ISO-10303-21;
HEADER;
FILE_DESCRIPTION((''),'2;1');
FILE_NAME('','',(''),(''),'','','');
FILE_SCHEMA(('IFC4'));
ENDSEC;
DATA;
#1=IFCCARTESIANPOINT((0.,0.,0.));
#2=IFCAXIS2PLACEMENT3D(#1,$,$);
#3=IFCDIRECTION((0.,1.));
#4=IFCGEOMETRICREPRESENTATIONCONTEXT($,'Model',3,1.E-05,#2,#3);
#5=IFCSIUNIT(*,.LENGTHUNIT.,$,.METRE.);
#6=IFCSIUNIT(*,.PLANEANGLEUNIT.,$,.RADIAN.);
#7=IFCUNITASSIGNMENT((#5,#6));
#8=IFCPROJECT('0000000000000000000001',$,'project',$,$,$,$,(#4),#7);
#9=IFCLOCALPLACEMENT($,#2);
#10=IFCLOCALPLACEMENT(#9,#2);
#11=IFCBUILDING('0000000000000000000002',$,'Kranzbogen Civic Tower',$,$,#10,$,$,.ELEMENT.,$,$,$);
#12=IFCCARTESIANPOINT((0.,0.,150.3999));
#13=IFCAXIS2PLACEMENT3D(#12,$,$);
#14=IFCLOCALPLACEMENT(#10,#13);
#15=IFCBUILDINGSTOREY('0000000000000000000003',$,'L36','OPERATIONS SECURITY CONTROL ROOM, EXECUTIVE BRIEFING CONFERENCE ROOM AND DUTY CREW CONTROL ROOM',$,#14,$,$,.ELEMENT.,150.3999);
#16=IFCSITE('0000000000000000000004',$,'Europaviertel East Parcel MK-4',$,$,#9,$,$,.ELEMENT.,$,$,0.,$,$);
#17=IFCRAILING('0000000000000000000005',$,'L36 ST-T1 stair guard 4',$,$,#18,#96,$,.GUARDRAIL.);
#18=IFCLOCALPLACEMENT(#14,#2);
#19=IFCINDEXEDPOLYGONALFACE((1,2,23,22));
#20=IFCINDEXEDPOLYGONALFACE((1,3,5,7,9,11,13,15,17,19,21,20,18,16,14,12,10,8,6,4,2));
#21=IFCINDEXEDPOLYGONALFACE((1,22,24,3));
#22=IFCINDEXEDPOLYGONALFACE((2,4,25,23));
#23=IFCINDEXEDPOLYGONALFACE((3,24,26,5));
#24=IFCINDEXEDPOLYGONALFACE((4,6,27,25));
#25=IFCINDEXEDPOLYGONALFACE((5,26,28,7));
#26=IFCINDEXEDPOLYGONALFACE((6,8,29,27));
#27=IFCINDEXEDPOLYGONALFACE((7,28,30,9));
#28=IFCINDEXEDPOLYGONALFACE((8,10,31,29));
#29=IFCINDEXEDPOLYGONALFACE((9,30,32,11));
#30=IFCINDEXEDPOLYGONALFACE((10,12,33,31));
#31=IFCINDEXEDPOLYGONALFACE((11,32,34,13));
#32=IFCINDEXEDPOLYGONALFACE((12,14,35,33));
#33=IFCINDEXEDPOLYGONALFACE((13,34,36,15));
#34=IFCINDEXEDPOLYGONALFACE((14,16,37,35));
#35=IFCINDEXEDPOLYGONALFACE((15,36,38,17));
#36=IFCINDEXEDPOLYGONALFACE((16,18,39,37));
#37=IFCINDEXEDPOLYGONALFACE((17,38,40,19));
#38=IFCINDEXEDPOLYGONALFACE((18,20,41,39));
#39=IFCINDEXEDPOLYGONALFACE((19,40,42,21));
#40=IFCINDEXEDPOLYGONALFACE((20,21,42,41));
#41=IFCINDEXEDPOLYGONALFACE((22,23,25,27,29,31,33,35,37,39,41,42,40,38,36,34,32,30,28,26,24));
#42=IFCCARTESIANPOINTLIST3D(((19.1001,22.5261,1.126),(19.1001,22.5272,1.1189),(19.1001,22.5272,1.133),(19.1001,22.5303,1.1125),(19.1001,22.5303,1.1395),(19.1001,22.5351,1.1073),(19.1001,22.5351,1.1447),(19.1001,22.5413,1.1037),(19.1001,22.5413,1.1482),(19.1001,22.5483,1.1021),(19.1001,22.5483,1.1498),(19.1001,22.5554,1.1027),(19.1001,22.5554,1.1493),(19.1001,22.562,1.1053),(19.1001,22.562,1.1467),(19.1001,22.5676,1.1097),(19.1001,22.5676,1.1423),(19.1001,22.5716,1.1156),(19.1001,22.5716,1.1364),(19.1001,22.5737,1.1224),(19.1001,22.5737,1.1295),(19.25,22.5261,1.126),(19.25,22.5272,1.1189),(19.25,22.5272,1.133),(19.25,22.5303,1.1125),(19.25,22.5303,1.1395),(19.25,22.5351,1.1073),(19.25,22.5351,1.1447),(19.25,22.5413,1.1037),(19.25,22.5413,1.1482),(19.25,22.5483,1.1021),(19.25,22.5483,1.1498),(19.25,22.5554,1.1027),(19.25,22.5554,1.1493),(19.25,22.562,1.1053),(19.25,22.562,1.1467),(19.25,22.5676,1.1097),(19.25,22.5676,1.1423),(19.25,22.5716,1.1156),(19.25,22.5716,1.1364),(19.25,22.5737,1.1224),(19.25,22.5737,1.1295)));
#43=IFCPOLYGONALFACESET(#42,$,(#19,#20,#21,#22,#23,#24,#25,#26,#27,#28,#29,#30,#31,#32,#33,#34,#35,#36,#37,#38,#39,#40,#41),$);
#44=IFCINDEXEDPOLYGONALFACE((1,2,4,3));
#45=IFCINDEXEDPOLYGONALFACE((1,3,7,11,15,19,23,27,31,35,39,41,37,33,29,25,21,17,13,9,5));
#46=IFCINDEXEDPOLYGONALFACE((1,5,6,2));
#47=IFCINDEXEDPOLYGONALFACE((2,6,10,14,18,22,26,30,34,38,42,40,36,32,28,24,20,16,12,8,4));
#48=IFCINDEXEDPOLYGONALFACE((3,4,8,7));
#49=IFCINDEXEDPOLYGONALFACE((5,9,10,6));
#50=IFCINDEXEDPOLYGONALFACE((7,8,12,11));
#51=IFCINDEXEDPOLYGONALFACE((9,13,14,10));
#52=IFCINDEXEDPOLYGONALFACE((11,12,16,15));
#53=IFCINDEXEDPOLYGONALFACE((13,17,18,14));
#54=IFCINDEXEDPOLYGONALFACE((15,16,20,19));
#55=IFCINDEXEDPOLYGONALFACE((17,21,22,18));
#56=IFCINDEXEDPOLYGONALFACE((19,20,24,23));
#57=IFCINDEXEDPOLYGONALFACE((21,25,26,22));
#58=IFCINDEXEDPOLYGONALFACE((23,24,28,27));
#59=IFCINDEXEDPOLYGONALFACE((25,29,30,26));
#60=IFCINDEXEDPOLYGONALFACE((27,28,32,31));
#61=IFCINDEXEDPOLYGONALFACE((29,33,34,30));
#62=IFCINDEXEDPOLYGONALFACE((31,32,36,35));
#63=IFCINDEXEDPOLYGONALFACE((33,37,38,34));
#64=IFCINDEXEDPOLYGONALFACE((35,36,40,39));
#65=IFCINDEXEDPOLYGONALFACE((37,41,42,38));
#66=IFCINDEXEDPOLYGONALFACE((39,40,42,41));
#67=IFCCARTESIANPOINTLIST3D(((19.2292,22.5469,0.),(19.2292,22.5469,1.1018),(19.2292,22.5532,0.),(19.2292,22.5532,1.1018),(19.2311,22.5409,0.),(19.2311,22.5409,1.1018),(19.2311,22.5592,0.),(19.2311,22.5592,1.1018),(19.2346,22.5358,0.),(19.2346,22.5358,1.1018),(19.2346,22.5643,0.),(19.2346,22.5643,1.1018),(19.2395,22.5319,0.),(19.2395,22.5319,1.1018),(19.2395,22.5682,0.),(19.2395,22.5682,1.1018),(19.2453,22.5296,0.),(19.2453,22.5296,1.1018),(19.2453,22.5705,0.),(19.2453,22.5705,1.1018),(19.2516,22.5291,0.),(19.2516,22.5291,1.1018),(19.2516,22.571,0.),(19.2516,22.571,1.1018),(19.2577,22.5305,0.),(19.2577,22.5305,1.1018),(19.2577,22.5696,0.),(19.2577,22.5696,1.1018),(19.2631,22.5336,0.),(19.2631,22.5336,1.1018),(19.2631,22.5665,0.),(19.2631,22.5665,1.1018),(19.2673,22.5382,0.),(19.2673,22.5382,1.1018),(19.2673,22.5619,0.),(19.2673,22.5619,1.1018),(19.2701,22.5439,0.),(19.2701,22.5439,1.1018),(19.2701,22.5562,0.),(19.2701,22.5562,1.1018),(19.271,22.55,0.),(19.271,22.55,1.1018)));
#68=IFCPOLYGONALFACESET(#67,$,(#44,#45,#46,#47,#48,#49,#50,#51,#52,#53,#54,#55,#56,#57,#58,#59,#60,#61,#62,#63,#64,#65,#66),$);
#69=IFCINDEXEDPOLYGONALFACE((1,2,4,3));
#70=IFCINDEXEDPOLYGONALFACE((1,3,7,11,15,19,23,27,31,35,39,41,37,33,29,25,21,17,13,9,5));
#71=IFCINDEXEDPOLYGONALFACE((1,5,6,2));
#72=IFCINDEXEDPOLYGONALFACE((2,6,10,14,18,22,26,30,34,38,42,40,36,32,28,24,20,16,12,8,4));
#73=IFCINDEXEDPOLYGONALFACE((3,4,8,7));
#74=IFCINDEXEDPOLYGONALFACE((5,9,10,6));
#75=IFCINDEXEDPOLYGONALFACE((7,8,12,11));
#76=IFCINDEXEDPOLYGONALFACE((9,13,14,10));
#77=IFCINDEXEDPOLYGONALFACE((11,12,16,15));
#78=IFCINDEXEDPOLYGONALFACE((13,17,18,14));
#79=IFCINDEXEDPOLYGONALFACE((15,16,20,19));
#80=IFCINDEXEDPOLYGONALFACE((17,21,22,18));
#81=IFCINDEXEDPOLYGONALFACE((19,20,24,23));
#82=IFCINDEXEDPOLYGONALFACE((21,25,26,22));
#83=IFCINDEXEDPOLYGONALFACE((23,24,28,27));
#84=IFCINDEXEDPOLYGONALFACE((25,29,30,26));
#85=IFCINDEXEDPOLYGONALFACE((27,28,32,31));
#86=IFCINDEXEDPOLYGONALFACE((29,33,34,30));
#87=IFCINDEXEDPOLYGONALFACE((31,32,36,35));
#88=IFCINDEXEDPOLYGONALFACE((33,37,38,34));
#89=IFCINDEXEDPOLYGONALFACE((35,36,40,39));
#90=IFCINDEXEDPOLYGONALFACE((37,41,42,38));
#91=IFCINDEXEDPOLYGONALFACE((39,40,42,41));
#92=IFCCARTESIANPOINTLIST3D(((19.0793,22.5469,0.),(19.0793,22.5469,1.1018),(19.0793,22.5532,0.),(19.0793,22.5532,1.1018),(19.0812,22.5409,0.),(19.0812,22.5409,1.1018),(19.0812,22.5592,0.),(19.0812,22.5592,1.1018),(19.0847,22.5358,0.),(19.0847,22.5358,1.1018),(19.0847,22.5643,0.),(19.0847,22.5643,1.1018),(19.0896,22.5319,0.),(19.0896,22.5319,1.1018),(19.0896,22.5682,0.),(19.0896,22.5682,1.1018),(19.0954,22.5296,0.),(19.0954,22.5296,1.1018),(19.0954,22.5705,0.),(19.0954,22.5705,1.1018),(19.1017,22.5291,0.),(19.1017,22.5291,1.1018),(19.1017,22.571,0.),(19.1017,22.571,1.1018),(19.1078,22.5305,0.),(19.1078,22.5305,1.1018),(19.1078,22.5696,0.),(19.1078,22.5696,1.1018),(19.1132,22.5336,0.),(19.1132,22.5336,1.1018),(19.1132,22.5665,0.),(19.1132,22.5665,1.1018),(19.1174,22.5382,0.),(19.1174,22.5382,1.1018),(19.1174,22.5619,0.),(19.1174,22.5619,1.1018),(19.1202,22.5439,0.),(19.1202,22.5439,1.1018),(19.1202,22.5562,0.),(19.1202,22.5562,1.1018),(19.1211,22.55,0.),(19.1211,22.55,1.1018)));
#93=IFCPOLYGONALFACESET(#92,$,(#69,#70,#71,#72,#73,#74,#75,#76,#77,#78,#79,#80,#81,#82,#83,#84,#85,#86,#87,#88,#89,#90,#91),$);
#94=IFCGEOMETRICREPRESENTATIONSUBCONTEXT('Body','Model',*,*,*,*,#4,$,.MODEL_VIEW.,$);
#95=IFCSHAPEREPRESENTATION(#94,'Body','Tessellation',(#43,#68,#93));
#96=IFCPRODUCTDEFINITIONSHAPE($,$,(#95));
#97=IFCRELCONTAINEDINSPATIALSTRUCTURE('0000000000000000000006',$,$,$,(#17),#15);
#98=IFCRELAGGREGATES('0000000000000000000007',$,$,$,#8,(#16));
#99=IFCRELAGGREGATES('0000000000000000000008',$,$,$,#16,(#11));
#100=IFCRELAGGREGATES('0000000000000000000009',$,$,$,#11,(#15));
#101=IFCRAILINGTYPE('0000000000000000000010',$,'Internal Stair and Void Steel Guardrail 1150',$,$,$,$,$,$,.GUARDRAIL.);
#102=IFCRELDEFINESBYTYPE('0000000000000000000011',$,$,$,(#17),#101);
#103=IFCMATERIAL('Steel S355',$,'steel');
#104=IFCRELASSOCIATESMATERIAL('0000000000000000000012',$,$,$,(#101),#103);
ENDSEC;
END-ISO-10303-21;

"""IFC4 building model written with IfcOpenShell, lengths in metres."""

from ifc_helpers import new_model, si_unit, direction, frame, origin, origin_2d, place, context, subcontext, project, spatial, circle, extrude, material, type_object, element, save


model = new_model("IFC4")

# Units and contexts
model_context = context("Model", 3, precision=1e-05, world=origin(), true_north=direction((0.0, 1.0)))
body_context = subcontext(model_context, "Body", "Model", "MODEL_VIEW")
ifc_project = project(units=[si_unit("LENGTHUNIT", "METRE"), si_unit("PLANEANGLEUNIT", "RADIAN")], contexts=[model_context])

# Site, building, storey
site_placement = place(None, origin())
site = spatial("IfcSite", under=ifc_project, at=site_placement, Name="Europaviertel East Parcel MK-4", CompositionType="ELEMENT", RefElevation=0.0)
building_placement = place(site_placement, origin())
building = spatial("IfcBuilding", under=site, at=building_placement, Name="Kranzbogen Civic Tower", CompositionType="ELEMENT")
storey_placement = place(building_placement, frame((0.0, 0.0, 150.3999)))
storey = spatial("IfcBuildingStorey", under=building, at=storey_placement, Name="L36", Description="OPERATIONS SECURITY CONTROL ROOM, EXECUTIVE BRIEFING CONFERENCE ROOM AND DUTY CREW CONTROL ROOM", CompositionType="ELEMENT", Elevation=150.3999)

# Shared definitions
ifc_material_1 = material(Name="Steel S355", Category="steel")

# Railing
railing_type_1 = type_object("IfcRailingType", Name="Internal Stair and Void Steel Guardrail 1150", PredefinedType="GUARDRAIL", material=ifc_material_1)
railing_1_placement = place(storey_placement, frame((19.25, 22.55, 0.0)))
element("IfcRailing", 1, at=railing_1_placement, inside=storey, type_object=railing_type_1, Name="L36 ST-T1 stair guard 4", PredefinedType="GUARDRAIL", context=body_context, shape_type="SweptSolid", body=[
    extrude(circle(Radius=0.0239, at=origin_2d()), frame((0.0, 0.0, 1.126), z_axis=(-1.0, 0.0, 0.0), x_axis=(0.0, -1.0, 0.0)), (0.0, 0.0, 1.0), 0.1499),
    extrude(circle(Radius=0.021, at=origin_2d()), origin(), (0.0, 0.0, 1.0), 1.1018),
    extrude(circle(Radius=0.021, at=origin_2d()), frame((-0.1499, 0.0, 0.0)), (0.0, 0.0, 1.0), 1.1018),
])

save(model, "model.ifc")
